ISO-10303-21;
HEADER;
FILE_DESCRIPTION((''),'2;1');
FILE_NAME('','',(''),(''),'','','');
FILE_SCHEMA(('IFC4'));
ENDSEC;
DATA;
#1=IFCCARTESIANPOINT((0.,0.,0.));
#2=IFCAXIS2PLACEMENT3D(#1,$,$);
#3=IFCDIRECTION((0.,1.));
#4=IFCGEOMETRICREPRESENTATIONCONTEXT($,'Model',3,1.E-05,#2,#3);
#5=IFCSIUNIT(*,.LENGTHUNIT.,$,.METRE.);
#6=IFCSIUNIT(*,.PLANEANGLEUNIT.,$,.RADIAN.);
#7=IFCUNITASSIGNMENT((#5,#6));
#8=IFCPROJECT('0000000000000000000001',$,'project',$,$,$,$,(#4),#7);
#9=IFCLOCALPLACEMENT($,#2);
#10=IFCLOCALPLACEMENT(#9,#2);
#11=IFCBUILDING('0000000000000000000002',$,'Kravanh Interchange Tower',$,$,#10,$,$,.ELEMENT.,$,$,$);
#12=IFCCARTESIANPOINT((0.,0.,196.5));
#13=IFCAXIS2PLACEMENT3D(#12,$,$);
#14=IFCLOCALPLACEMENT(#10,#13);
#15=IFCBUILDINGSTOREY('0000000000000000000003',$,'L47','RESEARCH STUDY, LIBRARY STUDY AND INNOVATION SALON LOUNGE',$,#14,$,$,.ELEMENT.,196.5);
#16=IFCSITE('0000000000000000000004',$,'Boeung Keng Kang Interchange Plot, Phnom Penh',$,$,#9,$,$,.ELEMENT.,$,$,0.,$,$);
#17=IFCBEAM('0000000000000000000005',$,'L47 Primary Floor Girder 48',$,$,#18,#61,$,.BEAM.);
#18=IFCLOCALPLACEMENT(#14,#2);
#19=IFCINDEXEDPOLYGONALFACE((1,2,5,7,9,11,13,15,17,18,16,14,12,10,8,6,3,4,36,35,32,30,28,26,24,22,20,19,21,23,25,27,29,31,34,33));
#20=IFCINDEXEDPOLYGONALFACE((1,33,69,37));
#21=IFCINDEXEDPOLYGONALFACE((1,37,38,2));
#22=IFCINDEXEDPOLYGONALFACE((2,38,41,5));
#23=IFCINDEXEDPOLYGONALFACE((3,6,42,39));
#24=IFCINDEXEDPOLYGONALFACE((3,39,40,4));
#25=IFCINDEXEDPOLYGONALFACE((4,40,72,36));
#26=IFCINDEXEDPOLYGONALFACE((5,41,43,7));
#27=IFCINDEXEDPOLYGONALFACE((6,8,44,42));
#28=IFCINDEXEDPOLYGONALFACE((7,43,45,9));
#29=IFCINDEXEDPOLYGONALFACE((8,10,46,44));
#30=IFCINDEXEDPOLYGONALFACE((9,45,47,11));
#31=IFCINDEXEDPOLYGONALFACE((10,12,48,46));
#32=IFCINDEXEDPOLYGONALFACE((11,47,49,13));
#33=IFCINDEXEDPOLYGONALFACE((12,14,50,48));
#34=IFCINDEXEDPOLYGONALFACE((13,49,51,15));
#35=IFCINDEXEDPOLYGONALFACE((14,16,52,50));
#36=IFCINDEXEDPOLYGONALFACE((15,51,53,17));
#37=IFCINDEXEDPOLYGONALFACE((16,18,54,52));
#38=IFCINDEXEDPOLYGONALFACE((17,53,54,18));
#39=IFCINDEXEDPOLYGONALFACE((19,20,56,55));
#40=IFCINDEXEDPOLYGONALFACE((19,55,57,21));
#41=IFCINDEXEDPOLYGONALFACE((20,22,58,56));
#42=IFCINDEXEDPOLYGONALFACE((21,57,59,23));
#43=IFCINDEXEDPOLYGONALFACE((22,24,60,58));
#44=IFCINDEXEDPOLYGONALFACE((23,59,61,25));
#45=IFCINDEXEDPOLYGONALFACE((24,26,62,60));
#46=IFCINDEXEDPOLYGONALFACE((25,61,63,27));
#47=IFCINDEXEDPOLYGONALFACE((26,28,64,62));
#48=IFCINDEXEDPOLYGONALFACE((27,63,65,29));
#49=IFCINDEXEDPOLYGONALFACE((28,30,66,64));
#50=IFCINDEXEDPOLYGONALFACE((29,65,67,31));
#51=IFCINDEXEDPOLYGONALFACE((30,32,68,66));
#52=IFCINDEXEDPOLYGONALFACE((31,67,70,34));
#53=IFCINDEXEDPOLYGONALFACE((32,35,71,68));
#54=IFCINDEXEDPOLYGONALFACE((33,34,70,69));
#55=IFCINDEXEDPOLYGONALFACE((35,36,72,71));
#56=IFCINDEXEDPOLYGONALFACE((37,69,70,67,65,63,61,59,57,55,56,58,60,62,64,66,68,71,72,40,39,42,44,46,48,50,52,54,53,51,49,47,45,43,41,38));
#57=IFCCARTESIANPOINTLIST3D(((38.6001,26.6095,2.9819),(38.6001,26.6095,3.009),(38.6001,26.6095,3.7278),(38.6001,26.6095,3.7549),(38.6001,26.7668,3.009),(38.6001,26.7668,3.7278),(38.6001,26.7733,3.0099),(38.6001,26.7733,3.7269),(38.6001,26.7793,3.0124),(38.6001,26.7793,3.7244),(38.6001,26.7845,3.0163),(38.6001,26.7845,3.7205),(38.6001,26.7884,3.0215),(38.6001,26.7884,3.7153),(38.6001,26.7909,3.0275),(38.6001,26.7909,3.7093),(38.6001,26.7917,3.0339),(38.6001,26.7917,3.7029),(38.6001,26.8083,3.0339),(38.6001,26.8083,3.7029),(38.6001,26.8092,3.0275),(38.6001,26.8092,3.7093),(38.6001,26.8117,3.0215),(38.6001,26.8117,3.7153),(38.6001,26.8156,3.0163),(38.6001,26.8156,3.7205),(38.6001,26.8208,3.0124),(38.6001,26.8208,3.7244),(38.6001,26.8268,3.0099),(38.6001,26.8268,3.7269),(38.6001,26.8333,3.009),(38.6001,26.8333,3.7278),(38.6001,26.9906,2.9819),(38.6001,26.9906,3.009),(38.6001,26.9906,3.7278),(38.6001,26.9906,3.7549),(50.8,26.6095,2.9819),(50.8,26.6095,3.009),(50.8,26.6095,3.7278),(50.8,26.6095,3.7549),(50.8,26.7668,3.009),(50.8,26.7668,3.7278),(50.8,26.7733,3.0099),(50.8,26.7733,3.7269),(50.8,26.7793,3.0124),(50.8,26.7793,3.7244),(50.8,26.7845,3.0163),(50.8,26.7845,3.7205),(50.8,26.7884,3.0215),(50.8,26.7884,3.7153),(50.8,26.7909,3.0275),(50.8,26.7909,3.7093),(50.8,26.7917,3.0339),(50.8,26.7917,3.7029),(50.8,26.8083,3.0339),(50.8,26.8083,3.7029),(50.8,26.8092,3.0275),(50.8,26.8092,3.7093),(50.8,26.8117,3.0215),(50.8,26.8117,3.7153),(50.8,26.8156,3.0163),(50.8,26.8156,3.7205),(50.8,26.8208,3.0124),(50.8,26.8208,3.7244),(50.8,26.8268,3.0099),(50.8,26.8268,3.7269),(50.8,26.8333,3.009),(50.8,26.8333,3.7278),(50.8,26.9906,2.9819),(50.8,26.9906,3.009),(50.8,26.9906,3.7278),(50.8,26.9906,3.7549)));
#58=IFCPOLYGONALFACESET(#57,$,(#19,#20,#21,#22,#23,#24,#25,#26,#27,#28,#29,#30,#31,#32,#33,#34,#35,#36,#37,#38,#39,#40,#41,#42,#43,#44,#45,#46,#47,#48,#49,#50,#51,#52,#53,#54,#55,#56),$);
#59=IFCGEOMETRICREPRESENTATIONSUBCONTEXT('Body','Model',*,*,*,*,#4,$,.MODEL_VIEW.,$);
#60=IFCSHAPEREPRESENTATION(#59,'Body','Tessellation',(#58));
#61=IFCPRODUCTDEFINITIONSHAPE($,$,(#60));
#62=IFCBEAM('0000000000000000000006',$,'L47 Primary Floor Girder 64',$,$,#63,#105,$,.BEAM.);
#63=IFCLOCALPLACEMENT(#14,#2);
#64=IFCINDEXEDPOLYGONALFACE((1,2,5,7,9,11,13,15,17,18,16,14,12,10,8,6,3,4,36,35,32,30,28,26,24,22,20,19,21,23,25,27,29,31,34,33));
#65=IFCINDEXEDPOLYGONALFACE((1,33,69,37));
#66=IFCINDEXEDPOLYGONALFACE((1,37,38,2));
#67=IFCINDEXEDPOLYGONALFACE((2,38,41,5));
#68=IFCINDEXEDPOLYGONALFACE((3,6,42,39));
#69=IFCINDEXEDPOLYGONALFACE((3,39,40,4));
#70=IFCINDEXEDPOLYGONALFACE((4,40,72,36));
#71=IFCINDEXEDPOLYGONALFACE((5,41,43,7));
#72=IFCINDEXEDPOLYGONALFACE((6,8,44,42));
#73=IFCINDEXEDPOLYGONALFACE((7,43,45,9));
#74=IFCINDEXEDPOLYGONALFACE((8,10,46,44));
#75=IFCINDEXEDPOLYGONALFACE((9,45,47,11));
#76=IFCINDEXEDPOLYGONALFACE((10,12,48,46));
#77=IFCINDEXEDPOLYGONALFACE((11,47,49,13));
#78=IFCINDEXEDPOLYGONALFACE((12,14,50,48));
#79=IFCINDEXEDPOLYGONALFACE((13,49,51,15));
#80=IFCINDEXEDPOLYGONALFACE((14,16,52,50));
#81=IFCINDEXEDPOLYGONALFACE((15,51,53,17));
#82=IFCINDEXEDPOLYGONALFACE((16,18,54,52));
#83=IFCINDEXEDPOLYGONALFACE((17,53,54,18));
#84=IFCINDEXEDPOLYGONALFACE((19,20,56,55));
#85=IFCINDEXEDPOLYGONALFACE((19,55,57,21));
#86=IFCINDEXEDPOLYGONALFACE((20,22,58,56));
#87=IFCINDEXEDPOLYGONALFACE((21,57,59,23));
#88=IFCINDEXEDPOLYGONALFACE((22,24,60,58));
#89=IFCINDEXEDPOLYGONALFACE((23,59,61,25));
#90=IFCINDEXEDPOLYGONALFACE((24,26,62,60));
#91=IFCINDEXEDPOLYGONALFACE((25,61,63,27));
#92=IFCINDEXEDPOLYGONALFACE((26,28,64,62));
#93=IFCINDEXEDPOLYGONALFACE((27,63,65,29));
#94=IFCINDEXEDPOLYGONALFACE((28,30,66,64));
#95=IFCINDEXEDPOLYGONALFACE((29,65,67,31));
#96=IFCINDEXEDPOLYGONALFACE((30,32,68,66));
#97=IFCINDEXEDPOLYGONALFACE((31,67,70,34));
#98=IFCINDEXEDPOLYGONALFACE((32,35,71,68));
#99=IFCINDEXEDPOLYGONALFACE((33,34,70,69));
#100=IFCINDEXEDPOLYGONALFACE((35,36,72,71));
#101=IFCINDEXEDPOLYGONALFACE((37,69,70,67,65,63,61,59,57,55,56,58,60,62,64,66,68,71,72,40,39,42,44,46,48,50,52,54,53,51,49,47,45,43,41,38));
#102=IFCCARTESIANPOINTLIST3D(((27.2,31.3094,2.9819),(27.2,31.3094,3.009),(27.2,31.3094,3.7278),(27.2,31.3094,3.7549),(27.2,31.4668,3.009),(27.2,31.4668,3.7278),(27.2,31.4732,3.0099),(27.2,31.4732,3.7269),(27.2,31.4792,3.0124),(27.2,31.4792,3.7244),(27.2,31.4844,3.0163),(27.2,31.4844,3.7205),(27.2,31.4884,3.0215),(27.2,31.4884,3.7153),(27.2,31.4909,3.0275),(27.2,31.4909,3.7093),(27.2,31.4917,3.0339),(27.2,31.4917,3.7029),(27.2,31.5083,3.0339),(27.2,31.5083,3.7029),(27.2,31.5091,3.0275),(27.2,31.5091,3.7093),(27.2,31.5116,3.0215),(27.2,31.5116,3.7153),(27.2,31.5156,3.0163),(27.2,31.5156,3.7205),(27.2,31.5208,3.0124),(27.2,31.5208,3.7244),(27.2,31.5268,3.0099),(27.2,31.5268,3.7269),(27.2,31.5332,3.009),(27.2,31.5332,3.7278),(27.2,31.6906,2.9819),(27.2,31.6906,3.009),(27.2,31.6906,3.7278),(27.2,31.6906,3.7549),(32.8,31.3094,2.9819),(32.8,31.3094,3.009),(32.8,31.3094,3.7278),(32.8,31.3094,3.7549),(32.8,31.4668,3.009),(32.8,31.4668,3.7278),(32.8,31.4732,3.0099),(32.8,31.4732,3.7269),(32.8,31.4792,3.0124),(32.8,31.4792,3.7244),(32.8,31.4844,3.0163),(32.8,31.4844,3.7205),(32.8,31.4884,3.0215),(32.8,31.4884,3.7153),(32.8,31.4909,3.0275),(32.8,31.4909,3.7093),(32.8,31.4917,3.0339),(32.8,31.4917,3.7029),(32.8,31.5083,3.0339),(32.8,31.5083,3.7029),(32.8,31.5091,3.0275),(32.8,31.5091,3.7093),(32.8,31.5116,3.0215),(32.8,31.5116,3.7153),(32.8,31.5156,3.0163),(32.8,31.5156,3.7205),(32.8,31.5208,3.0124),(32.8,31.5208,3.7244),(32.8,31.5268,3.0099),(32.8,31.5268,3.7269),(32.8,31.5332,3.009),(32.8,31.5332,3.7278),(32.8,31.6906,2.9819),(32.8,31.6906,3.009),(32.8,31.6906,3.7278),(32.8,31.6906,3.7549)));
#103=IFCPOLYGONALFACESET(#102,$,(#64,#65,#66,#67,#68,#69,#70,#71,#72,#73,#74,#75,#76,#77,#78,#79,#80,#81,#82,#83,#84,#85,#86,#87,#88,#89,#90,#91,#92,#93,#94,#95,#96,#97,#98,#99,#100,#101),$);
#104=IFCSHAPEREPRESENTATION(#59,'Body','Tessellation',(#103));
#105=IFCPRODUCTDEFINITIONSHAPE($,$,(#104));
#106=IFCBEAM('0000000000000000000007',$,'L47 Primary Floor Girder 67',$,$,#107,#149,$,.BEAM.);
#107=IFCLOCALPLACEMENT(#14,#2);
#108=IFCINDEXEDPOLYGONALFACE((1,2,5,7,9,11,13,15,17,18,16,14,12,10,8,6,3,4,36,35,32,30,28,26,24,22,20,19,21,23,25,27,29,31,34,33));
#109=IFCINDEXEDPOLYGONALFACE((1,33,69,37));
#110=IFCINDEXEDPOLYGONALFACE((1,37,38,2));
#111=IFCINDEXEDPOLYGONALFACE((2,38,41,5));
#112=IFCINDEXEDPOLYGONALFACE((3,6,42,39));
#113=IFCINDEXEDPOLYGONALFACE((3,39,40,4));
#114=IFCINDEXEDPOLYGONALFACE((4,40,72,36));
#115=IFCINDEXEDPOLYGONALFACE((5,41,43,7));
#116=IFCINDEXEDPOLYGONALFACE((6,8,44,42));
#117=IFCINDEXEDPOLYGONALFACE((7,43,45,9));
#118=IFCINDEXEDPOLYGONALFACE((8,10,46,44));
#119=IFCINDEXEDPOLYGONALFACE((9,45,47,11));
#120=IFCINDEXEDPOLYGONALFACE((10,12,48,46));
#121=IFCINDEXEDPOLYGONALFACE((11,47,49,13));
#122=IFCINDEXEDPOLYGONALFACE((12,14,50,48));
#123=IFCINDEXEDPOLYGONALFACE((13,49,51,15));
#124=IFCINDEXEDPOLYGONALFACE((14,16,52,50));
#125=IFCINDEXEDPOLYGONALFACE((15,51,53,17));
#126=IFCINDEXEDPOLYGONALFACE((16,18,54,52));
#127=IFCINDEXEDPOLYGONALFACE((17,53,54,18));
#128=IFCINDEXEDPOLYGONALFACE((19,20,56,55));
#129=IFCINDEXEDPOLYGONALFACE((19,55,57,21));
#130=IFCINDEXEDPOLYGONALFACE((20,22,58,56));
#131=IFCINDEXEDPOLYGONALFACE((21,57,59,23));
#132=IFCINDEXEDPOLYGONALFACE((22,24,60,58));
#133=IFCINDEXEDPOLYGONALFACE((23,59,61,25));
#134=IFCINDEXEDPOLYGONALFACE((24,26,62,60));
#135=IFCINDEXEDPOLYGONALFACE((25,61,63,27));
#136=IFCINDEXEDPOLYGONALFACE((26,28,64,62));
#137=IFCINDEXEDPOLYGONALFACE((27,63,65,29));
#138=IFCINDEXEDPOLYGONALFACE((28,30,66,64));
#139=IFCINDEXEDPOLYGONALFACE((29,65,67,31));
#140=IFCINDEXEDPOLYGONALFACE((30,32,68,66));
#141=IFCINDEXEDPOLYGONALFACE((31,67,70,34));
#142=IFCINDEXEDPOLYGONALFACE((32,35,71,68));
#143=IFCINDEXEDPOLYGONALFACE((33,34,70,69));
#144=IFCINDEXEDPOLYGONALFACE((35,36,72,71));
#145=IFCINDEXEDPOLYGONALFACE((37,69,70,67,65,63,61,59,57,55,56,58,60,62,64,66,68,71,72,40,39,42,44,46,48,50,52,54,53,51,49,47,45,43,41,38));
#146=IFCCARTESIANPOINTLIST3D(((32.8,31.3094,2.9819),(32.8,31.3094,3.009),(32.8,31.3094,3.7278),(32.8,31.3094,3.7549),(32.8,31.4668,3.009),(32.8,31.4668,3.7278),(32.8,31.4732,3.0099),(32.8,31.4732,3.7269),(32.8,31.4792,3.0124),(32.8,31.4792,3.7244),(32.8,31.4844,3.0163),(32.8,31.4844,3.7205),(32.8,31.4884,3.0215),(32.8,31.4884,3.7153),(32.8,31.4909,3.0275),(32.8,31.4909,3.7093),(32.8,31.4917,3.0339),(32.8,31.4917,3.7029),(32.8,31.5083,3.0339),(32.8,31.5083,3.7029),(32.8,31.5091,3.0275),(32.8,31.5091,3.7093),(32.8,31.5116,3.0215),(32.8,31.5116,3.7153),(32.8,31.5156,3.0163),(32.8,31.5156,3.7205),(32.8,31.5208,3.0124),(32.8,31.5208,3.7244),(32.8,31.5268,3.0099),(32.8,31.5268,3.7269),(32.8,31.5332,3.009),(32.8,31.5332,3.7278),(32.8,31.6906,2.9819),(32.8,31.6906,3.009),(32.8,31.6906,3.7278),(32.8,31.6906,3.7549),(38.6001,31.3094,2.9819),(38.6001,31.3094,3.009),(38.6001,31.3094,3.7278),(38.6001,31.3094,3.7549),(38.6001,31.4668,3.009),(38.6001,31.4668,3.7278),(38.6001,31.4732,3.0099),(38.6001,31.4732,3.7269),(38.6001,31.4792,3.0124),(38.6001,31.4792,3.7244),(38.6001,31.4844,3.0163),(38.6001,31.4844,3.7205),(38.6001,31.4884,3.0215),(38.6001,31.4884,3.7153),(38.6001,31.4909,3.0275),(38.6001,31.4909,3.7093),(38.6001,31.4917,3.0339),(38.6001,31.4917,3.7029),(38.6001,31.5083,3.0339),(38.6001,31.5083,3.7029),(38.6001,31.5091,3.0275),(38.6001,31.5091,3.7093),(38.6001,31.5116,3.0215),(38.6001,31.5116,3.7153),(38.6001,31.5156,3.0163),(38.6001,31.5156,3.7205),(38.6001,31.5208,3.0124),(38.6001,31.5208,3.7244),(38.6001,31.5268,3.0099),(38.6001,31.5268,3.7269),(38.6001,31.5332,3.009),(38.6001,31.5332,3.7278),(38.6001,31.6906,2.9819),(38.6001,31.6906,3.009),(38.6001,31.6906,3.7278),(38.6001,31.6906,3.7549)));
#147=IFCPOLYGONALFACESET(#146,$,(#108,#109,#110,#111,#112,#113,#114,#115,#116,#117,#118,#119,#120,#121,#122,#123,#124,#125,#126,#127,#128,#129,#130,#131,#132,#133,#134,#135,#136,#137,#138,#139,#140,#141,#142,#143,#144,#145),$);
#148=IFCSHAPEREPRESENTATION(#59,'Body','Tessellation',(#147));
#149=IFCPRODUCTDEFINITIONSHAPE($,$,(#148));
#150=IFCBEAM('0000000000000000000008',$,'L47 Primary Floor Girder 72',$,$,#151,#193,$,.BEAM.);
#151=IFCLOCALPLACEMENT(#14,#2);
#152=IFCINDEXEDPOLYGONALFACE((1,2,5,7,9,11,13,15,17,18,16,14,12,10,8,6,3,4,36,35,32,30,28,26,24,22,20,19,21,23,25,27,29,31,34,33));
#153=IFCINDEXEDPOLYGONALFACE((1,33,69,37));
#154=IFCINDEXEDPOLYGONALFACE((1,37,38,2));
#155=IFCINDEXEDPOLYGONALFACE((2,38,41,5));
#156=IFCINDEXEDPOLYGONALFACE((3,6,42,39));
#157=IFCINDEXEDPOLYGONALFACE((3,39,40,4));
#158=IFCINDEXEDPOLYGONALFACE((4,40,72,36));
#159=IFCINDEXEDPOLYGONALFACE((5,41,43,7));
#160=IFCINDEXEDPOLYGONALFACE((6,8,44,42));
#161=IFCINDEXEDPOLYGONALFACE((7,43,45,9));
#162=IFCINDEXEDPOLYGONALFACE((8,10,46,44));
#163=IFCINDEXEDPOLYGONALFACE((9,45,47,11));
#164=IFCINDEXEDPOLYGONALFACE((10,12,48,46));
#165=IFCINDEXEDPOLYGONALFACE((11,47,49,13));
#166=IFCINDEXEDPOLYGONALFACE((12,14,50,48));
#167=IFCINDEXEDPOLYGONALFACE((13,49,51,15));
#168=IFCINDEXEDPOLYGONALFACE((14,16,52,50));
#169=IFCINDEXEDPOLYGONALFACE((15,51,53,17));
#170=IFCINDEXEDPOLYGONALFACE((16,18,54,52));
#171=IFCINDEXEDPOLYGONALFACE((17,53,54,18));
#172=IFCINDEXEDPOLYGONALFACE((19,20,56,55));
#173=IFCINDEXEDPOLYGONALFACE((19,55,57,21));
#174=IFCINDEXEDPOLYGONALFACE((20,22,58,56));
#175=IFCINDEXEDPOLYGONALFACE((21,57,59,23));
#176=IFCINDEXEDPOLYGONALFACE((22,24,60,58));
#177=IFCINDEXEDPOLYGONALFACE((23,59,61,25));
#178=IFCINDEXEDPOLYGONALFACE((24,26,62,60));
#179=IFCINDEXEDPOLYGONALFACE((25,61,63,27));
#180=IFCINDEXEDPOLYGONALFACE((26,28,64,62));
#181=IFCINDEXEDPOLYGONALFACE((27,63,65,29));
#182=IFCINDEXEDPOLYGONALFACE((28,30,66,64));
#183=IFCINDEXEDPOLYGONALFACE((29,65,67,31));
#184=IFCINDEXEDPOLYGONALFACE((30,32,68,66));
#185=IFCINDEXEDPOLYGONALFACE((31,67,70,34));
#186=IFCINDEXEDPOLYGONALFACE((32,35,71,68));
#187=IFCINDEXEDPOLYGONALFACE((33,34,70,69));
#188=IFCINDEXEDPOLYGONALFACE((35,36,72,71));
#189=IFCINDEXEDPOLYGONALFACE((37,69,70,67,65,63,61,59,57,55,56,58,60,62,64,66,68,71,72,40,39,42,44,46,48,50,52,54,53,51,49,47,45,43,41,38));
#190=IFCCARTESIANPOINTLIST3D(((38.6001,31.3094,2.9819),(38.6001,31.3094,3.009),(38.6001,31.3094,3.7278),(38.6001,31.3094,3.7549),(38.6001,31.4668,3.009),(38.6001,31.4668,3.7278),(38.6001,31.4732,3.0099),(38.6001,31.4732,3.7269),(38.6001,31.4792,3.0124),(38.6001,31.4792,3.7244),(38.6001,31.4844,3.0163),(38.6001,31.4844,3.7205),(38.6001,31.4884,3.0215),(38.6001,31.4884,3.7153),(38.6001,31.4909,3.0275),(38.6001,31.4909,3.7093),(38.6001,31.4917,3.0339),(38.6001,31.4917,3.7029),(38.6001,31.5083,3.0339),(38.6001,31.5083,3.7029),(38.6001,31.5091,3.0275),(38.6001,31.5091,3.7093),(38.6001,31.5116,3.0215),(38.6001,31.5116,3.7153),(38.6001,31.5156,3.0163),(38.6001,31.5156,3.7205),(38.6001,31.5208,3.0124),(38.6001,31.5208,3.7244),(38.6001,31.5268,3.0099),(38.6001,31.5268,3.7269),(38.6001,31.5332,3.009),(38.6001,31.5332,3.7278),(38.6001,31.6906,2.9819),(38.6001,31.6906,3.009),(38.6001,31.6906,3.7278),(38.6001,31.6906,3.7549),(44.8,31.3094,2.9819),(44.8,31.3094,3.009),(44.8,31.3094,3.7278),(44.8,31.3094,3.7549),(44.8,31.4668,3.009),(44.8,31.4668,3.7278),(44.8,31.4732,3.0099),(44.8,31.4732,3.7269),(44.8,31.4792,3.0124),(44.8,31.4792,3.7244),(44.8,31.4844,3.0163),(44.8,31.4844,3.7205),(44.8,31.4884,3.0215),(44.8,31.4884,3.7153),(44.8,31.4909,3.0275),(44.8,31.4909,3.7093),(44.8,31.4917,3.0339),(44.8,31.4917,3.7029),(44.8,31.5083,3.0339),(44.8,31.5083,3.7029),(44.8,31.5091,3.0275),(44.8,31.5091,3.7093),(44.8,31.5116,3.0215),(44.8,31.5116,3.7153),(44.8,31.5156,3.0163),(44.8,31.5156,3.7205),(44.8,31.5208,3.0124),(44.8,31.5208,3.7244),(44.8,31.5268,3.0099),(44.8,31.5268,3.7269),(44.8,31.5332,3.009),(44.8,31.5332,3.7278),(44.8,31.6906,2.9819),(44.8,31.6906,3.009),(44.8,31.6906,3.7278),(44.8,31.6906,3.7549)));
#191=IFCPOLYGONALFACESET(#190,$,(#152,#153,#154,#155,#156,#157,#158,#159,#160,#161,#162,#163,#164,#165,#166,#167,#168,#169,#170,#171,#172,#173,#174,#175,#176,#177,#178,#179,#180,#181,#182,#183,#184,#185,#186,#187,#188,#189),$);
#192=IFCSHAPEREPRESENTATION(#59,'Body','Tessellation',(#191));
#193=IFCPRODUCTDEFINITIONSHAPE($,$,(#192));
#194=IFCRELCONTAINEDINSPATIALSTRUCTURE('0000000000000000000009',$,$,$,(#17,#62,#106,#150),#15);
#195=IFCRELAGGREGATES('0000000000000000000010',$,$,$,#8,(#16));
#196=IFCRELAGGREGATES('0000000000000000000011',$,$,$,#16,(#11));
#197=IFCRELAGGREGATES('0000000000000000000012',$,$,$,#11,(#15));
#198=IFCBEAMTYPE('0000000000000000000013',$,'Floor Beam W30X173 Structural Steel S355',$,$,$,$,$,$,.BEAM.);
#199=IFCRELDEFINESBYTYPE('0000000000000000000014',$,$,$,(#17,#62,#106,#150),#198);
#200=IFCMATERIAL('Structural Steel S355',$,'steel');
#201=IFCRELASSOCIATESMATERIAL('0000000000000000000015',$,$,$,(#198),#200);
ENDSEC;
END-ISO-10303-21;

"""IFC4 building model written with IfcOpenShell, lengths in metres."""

from ifc_helpers import new_model, si_unit, direction, frame, origin, origin_2d, place, context, subcontext, project, spatial, i_section, extrude, material, material_profile, profile_set, type_object, element, save


model = new_model("IFC4")

# Units and contexts
model_context = context("Model", 3, precision=1e-05, world=origin(), true_north=direction((0.0, 1.0)))
body_context = subcontext(model_context, "Body", "Model", "MODEL_VIEW")
ifc_project = project(units=[si_unit("LENGTHUNIT", "METRE"), si_unit("PLANEANGLEUNIT", "RADIAN")], contexts=[model_context])

# Site, building, storey
site_placement = place(None, origin())
site = spatial("IfcSite", under=ifc_project, at=site_placement, Name="Boeung Keng Kang Interchange Plot, Phnom Penh", CompositionType="ELEMENT", RefElevation=0.0)
building_placement = place(site_placement, origin())
building = spatial("IfcBuilding", under=site, at=building_placement, Name="Kravanh Interchange Tower", CompositionType="ELEMENT")
storey_placement = place(building_placement, frame((0.0, 0.0, 196.5)))
storey = spatial("IfcBuildingStorey", under=building, at=storey_placement, Name="L47", Description="RESEARCH STUDY, LIBRARY STUDY AND INNOVATION SALON LOUNGE", CompositionType="ELEMENT", Elevation=196.5)

# Beams
ifc_material_1 = material(Name="Structural Steel S355", Category="steel")
ifc_material_profile_1 = material_profile(ifc_material_1, i_section(OverallWidth=0.3811, OverallDepth=0.7729, WebThickness=0.0166, FlangeThickness=0.0271, FilletRadius=0.0249, at=origin_2d()), Name="W30X173")
ifc_profile_set_1 = profile_set([ifc_material_profile_1], Name="Structural Steel S355")
beam_type_1 = type_object("IfcBeamType", Name="Floor Beam W30X173 Structural Steel S355", PredefinedType="BEAM", material=ifc_profile_set_1)
beam_1_placement = place(storey_placement, frame((38.6001, 26.8, 3.3684), z_axis=(1.0, 0.0, 0.0), x_axis=(0.0, 1.0, 0.0)))
element("IfcBeam", 1, at=beam_1_placement, inside=storey, type_object=beam_type_1, Name="L47 Primary Floor Girder 48", PredefinedType="BEAM", context=body_context, shape_type="SweptSolid", body=[
    extrude(i_section(OverallWidth=0.3811, OverallDepth=0.7729, WebThickness=0.0166, FlangeThickness=0.0271, FilletRadius=0.0249, at=origin_2d()), origin(), (0.0, 0.0, 1.0), 12.2),
])
beam_2_placement = place(storey_placement, frame((27.2, 31.5, 3.3684), z_axis=(1.0, 0.0, 0.0), x_axis=(0.0, 1.0, 0.0)))
element("IfcBeam", 2, at=beam_2_placement, inside=storey, type_object=beam_type_1, Name="L47 Primary Floor Girder 64", PredefinedType="BEAM", context=body_context, shape_type="SweptSolid", body=[
    extrude(i_section(OverallWidth=0.3811, OverallDepth=0.7729, WebThickness=0.0166, FlangeThickness=0.0271, FilletRadius=0.0249, at=origin_2d()), origin(), (0.0, 0.0, 1.0), 5.6001),
])
beam_3_placement = place(storey_placement, frame((32.8, 31.5, 3.3684), z_axis=(1.0, 0.0, 0.0), x_axis=(0.0, 1.0, 0.0)))
element("IfcBeam", 3, at=beam_3_placement, inside=storey, type_object=beam_type_1, Name="L47 Primary Floor Girder 67", PredefinedType="BEAM", context=body_context, shape_type="SweptSolid", body=[
    extrude(i_section(OverallWidth=0.3811, OverallDepth=0.7729, WebThickness=0.0166, FlangeThickness=0.0271, FilletRadius=0.0249, at=origin_2d()), origin(), (0.0, 0.0, 1.0), 5.8),
])
beam_4_placement = place(storey_placement, frame((38.6001, 31.5, 3.3684), z_axis=(1.0, 0.0, 0.0), x_axis=(0.0, 1.0, 0.0)))
element("IfcBeam", 4, at=beam_4_placement, inside=storey, type_object=beam_type_1, Name="L47 Primary Floor Girder 72", PredefinedType="BEAM", context=body_context, shape_type="SweptSolid", body=[
    extrude(i_section(OverallWidth=0.3811, OverallDepth=0.7729, WebThickness=0.0166, FlangeThickness=0.0271, FilletRadius=0.0249, at=origin_2d()), origin(), (0.0, 0.0, 1.0), 6.2),
])

save(model, "model.ifc")
